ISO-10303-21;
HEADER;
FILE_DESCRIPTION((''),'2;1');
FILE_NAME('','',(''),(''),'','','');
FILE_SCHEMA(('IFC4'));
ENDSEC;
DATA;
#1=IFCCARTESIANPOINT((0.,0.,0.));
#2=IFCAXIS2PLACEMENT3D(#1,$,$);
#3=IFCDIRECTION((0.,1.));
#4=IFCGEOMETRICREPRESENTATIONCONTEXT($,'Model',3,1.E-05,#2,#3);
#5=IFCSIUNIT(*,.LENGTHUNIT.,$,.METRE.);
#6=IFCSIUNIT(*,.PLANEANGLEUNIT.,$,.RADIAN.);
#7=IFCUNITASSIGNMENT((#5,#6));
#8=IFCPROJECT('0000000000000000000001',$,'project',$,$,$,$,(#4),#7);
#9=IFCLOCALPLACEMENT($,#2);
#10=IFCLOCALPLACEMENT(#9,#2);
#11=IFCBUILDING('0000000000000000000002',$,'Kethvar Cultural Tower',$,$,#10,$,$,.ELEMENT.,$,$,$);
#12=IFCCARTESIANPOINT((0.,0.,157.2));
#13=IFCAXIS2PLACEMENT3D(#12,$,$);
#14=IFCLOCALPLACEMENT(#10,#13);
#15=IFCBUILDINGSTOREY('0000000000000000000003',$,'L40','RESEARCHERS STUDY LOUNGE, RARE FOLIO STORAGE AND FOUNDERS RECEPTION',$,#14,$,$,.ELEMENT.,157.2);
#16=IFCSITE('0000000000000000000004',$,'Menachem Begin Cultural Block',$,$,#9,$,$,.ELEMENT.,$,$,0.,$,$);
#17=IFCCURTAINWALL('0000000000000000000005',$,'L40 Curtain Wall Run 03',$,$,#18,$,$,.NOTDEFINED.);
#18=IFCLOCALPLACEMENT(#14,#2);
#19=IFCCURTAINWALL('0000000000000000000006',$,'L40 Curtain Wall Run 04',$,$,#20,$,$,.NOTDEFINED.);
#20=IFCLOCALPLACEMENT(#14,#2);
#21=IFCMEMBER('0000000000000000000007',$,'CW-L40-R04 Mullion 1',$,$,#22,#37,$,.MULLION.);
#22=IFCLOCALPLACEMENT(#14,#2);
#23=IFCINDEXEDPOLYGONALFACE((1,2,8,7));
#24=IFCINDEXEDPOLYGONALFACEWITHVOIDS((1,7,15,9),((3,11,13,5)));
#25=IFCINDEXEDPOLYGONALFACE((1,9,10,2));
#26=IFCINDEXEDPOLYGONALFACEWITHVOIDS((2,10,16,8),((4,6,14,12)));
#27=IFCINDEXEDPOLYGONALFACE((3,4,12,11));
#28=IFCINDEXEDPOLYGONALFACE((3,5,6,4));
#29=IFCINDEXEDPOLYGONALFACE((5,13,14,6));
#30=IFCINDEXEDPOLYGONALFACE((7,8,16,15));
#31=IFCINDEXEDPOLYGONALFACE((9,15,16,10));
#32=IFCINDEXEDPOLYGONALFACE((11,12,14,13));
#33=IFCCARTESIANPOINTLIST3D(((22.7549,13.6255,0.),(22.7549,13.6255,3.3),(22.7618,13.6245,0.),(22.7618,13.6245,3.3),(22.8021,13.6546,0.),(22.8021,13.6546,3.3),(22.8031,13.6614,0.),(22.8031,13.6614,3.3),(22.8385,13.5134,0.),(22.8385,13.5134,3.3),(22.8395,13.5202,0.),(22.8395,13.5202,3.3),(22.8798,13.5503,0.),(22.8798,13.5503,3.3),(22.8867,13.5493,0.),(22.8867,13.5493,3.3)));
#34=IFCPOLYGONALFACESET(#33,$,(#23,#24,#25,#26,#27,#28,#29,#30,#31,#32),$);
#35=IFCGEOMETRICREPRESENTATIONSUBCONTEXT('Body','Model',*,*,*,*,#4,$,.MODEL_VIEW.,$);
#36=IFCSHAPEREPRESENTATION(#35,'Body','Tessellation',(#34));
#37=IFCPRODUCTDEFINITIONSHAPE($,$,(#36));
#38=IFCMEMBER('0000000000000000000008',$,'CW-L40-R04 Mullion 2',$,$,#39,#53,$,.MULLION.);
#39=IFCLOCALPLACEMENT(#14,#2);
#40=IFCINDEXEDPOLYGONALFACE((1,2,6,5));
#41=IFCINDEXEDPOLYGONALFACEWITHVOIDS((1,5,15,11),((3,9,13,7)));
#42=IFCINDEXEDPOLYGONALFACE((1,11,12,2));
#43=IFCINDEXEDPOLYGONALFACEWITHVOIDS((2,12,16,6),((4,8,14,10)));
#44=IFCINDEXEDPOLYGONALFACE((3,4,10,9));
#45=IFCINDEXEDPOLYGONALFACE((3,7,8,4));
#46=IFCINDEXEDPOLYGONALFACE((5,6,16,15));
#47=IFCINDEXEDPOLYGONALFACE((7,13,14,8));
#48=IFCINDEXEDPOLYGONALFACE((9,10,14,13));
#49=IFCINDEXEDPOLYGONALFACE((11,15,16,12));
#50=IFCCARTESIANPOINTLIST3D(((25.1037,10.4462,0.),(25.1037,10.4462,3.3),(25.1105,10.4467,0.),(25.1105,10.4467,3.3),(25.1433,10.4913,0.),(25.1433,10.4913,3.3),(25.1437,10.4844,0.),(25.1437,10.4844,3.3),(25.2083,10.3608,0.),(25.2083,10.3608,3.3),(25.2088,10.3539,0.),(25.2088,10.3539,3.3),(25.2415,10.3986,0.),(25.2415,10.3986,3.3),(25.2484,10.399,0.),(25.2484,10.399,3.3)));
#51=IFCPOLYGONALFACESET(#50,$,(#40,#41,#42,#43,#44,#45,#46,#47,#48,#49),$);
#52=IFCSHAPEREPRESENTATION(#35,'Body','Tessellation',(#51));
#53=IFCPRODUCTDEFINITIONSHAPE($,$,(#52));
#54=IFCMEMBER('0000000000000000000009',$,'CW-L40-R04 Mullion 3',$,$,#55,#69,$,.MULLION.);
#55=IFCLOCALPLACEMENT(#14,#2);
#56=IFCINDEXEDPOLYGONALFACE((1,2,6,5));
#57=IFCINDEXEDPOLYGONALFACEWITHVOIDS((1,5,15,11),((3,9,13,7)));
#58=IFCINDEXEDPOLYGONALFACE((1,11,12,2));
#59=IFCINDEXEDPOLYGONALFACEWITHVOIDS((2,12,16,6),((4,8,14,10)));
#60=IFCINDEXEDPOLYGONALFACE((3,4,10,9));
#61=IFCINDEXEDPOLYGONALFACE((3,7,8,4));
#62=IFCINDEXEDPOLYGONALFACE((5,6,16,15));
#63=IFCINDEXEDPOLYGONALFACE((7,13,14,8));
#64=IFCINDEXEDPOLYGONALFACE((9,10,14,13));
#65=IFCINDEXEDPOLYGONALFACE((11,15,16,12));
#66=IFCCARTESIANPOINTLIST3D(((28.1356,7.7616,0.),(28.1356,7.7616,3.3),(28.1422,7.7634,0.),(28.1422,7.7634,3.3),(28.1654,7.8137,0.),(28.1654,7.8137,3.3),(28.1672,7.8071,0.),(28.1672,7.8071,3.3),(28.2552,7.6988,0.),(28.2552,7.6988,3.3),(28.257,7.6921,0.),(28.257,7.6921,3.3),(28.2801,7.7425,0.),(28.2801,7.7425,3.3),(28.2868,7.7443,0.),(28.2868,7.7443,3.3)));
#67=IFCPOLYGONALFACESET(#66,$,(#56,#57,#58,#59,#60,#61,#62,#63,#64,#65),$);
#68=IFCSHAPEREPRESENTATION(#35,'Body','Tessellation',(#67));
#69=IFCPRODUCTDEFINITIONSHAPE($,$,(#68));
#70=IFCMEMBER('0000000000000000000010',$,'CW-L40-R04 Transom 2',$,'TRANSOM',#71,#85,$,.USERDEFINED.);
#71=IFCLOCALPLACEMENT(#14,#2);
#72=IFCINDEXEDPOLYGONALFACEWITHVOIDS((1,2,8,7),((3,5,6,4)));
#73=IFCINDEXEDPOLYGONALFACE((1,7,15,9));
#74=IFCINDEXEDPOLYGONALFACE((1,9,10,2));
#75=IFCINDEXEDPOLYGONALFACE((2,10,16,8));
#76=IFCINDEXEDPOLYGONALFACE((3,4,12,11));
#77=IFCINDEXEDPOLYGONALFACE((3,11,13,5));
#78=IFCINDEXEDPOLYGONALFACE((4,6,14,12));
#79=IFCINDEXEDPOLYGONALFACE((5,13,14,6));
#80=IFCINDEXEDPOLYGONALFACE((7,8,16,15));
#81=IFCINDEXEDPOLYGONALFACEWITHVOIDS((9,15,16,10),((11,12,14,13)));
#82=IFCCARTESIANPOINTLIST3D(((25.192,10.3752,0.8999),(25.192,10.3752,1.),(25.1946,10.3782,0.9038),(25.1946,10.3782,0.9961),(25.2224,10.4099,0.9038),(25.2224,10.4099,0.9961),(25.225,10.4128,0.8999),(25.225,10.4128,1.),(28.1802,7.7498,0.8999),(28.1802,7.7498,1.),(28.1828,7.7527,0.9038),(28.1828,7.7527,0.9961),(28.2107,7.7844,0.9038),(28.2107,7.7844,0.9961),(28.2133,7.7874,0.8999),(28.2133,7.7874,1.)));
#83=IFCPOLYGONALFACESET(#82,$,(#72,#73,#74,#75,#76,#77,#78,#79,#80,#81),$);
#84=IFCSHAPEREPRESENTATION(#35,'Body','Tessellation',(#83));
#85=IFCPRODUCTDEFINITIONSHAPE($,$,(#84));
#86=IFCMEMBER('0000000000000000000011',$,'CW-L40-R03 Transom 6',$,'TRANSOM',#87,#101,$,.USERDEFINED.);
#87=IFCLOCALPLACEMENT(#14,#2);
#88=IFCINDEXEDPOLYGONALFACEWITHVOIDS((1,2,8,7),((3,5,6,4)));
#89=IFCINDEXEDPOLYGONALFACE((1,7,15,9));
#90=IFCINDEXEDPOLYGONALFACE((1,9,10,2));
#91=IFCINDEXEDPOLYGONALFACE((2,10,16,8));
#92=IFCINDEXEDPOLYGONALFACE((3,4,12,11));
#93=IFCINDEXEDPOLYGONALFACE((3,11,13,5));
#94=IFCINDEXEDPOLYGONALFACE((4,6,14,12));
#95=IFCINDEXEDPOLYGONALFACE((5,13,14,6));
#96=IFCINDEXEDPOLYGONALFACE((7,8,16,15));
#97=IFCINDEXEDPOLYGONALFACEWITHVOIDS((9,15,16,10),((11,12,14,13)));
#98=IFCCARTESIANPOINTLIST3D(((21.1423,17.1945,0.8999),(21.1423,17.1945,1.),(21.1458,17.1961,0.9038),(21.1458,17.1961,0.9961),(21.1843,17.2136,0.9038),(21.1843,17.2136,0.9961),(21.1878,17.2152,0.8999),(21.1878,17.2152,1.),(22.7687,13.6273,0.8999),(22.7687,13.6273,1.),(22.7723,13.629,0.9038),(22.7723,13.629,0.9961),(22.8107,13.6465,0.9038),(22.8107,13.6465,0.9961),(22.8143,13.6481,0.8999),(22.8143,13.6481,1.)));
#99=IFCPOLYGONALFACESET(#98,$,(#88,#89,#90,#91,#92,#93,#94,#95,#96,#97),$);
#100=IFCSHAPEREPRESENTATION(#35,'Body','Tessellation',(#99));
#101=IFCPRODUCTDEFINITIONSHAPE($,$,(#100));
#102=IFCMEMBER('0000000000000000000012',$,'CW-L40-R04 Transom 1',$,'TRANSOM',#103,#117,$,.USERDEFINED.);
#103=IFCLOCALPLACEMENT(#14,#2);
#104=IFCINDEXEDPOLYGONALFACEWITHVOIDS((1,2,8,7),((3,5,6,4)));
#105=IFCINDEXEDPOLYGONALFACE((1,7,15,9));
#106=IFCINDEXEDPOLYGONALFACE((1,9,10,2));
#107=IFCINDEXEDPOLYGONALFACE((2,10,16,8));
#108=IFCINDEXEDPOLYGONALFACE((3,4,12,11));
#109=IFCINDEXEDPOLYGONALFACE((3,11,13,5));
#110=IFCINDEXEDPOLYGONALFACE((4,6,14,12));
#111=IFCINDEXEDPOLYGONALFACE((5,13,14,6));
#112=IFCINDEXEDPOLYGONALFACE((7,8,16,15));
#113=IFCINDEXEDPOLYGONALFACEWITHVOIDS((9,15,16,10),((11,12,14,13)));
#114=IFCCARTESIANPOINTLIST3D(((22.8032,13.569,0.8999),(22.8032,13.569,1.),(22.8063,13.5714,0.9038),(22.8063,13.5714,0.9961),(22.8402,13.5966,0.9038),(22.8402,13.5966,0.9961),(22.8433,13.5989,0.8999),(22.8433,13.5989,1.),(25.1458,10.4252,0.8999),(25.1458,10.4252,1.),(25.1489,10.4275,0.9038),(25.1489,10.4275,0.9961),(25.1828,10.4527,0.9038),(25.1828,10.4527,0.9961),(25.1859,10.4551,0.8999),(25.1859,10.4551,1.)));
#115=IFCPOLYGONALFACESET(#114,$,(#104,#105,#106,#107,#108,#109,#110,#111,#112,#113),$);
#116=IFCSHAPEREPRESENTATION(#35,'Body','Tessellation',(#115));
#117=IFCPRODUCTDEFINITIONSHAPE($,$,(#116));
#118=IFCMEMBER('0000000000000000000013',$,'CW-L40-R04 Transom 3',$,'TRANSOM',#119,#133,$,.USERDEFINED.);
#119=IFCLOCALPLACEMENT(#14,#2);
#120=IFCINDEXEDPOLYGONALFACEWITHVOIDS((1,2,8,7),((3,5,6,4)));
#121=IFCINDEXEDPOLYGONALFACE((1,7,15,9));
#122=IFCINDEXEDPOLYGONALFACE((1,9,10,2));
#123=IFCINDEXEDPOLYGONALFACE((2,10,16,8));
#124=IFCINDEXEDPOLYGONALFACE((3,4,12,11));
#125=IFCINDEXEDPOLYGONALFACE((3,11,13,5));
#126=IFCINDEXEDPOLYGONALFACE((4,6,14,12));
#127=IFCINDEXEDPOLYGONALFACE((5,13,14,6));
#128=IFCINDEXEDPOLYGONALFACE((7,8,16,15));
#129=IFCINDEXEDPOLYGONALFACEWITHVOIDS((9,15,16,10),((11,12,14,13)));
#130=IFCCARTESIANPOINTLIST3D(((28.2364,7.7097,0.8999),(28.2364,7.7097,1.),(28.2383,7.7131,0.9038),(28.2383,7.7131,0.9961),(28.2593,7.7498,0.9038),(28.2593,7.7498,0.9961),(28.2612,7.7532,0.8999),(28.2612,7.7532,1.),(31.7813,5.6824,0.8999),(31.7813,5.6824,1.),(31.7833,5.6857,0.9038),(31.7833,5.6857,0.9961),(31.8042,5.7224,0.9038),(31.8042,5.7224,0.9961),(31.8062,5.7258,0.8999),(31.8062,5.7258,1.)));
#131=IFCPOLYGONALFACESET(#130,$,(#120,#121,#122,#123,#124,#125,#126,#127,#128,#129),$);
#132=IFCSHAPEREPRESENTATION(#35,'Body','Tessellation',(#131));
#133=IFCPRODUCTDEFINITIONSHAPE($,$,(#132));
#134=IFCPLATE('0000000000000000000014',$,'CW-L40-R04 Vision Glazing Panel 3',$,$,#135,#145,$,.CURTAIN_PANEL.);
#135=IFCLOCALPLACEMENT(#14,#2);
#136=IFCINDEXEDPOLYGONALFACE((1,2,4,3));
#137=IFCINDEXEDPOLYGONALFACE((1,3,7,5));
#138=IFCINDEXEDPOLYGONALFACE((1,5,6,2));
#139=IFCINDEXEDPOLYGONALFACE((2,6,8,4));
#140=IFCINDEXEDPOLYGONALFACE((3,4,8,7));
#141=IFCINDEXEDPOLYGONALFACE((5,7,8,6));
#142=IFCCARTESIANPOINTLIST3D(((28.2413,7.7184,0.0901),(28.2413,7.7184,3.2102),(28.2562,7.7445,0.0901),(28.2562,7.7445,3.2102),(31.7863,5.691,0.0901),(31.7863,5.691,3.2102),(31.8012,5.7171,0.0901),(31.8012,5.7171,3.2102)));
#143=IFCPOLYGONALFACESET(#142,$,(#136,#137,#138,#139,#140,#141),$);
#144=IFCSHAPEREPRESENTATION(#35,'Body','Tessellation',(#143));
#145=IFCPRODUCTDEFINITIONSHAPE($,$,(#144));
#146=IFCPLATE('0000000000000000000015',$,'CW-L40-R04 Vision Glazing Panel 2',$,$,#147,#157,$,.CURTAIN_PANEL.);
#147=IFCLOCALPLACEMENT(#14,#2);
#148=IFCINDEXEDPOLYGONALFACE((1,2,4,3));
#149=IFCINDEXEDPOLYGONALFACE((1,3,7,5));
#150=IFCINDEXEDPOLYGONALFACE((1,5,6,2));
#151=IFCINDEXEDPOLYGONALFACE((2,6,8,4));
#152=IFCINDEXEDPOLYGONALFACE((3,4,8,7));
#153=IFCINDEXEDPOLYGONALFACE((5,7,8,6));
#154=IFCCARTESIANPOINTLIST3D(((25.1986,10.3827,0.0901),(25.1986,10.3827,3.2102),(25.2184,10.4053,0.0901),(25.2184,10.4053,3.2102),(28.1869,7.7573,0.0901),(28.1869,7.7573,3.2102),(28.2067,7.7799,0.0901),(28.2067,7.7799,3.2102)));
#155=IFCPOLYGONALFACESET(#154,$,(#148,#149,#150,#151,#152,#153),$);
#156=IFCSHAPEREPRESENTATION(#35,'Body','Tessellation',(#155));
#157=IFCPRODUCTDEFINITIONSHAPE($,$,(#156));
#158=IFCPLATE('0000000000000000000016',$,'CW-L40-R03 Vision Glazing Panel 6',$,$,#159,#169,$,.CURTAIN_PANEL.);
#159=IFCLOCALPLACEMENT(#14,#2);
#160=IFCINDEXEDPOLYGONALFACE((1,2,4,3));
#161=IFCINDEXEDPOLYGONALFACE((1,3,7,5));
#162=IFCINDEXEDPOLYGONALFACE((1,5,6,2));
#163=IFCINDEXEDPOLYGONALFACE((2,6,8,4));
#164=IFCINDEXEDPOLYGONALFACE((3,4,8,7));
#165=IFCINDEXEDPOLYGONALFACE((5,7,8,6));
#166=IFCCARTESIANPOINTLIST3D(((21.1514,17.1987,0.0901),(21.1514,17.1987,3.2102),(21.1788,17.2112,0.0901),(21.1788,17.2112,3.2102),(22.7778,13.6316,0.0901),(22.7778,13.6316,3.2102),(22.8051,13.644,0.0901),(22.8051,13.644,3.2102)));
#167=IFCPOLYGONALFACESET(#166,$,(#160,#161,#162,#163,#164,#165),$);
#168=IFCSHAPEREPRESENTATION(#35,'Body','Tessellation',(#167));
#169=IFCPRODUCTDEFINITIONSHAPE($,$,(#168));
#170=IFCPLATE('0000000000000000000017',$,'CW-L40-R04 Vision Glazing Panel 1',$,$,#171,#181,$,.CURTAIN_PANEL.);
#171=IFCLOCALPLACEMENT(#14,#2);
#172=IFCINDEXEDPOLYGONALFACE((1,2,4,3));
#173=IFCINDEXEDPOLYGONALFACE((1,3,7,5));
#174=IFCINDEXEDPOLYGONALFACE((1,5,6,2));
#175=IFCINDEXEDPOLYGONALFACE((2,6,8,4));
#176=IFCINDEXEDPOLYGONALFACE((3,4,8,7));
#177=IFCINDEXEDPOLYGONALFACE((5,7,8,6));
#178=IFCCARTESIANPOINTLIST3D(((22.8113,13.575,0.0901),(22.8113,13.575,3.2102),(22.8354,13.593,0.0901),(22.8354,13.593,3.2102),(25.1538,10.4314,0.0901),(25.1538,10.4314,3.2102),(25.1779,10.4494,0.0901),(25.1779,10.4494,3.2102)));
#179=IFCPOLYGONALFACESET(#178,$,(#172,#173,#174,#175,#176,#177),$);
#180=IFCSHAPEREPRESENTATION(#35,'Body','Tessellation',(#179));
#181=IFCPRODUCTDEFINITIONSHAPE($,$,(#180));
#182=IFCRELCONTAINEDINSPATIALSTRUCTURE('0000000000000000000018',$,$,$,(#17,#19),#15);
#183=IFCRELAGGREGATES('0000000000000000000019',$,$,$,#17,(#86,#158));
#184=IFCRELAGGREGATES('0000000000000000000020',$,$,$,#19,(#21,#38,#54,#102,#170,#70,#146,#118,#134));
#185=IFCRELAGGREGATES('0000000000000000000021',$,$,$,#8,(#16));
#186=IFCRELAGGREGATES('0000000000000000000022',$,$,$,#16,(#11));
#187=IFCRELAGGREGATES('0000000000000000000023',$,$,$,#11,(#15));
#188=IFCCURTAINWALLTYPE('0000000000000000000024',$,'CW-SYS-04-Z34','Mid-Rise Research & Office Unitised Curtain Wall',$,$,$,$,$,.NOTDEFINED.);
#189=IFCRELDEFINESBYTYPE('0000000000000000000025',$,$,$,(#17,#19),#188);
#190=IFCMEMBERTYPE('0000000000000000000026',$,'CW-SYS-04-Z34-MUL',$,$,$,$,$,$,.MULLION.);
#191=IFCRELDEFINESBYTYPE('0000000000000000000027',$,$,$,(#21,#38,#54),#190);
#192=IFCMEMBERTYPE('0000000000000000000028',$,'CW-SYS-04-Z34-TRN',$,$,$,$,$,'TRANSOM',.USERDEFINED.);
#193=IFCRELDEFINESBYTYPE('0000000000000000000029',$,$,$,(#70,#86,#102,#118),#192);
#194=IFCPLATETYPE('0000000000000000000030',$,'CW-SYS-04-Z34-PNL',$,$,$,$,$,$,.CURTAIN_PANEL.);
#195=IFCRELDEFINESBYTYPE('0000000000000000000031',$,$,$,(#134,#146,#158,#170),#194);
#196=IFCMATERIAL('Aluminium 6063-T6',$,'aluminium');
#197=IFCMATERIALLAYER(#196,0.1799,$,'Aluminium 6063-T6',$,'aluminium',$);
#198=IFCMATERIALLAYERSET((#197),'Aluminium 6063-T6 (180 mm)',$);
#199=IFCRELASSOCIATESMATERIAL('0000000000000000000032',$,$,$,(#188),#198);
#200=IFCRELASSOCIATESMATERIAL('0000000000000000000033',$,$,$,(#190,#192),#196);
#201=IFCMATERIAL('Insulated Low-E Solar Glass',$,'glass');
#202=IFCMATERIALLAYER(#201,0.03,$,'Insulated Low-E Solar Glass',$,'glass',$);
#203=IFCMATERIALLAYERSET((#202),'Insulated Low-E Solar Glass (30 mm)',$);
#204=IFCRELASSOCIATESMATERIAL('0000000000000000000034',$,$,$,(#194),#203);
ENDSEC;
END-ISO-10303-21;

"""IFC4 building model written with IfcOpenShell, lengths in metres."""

from ifc_helpers import new_model, si_unit, direction, frame, origin, origin_2d, place, context, subcontext, project, spatial, rectangle, hollow_rectangle, extrude, source, transform, mapped, material, layer, layer_set, material_profile, profile_set, type_object, element, aggregate, save


model = new_model("IFC4")

# Units and contexts
model_context = context("Model", 3, precision=1e-05, world=origin(), true_north=direction((0.0, 1.0)))
body_context = subcontext(model_context, "Body", "Model", "MODEL_VIEW")
ifc_project = project(units=[si_unit("LENGTHUNIT", "METRE"), si_unit("PLANEANGLEUNIT", "RADIAN")], contexts=[model_context])

# Site, building, storey
site_placement = place(None, origin())
site = spatial("IfcSite", under=ifc_project, at=site_placement, Name="Menachem Begin Cultural Block", CompositionType="ELEMENT", RefElevation=0.0)
building_placement = place(site_placement, origin())
building = spatial("IfcBuilding", under=site, at=building_placement, Name="Kethvar Cultural Tower", CompositionType="ELEMENT")
storey_placement = place(building_placement, frame((0.0, 0.0, 157.2)))
storey = spatial("IfcBuildingStorey", under=building, at=storey_placement, Name="L40", Description="RESEARCHERS STUDY LOUNGE, RARE FOLIO STORAGE AND FOUNDERS RECEPTION", CompositionType="ELEMENT", Elevation=157.2)

# Curtain walls, members
ifc_material_1 = material(Name="Aluminium 6063-T6", Category="aluminium")
ifc_layer_1 = layer(ifc_material_1, 0.1799, Name="Aluminium 6063-T6", Category="aluminium")
ifc_layer_set_1 = layer_set([ifc_layer_1], Name="Aluminium 6063-T6 (180 mm)")
curtain_wall_type = type_object("IfcCurtainWallType", Name="CW-SYS-04-Z34", Description="Mid-Rise Research & Office Unitised Curtain Wall", PredefinedType="NOTDEFINED", material=ifc_layer_set_1)
curtain_wall_1_placement = place(storey_placement, origin())
curtain_wall_1 = element("IfcCurtainWall", 1, at=curtain_wall_1_placement, inside=storey, type_object=curtain_wall_type, Name="L40 Curtain Wall Run 03", PredefinedType="NOTDEFINED")
ifc_material_profile_1 = material_profile(ifc_material_1, hollow_rectangle(XDim=0.0601, YDim=0.1399, WallThickness=0.0049, at=origin_2d()), Name="Aluminium 6063-T6 — RHS140x60x5")
ifc_profile_set_1 = profile_set([ifc_material_profile_1], Name="Aluminium 6063-T6 — RHS140x60x5")
member_type_1 = type_object("IfcMemberType", Name="CW-SYS-04-Z34-MUL", PredefinedType="MULLION", material=ifc_profile_set_1)
shared_shape_1 = source(origin(), body_context, "Body", "SweptSolid", [
    extrude(hollow_rectangle(XDim=0.0601, YDim=0.1399, WallThickness=0.0049, at=origin_2d()), origin(), (0.0, 0.0, 1.0), 3.3),
])
curtain_wall_2_placement = place(storey_placement, origin())
curtain_wall_2 = element("IfcCurtainWall", 2, at=curtain_wall_2_placement, inside=storey, type_object=curtain_wall_type, Name="L40 Curtain Wall Run 04", PredefinedType="NOTDEFINED")
member_1_placement = place(storey_placement, frame((22.8208, 13.5874, 0.0), z_axis=(0.0, 0.0, 1.0), x_axis=(0.801859, 0.597513, 0.0)))
member_1 = element("IfcMember", 3, at=member_1_placement, type_object=member_type_1, Name="CW-L40-R04 Mullion 1", PredefinedType="MULLION", context=body_context, shape_type="MappedRepresentation", body=[
    mapped(shared_shape_1, transform((0.0, 0.0, 0.0), scale=1.0)),
])
member_2_placement = place(storey_placement, frame((25.176, 10.4226, 0.0), z_axis=(0.0, 0.0, 1.0), x_axis=(0.660015, 0.751253, 0.0)))
member_2 = element("IfcMember", 4, at=member_2_placement, type_object=member_type_1, Name="CW-L40-R04 Mullion 2", PredefinedType="MULLION", context=body_context, shape_type="MappedRepresentation", body=[
    mapped(shared_shape_1, transform((0.0, 0.0, 0.0), scale=1.0)),
])
member_3_placement = place(storey_placement, frame((28.2112, 7.7529, 0.0), z_axis=(0.0, 0.0, 1.0), x_axis=(0.496459, 0.86806, 0.0)))
member_3 = element("IfcMember", 5, at=member_3_placement, type_object=member_type_1, Name="CW-L40-R04 Mullion 3", PredefinedType="MULLION", context=body_context, shape_type="MappedRepresentation", body=[
    mapped(shared_shape_1, transform((0.0, 0.0, 0.0), scale=1.0)),
])
ifc_material_profile_2 = material_profile(ifc_material_1, hollow_rectangle(XDim=0.05, YDim=0.1001, WallThickness=0.0039, at=origin_2d()), Name="Aluminium 6063-T6 — RHS100x50x4")
ifc_profile_set_2 = profile_set([ifc_material_profile_2], Name="Aluminium 6063-T6 — RHS100x50x4")
member_type_2 = type_object("IfcMemberType", Name="CW-SYS-04-Z34-TRN", ElementType="TRANSOM", PredefinedType="USERDEFINED", material=ifc_profile_set_2)
shared_shape_2 = source(origin(), body_context, "Body", "SweptSolid", [
    extrude(hollow_rectangle(XDim=0.05, YDim=0.1001, WallThickness=0.0039, at=origin_2d()), origin(), (0.0, 0.0, 1.0), 3.9778),
])
member_4_placement = place(storey_placement, frame((25.2085, 10.394, 0.95), z_axis=(0.751237, -0.660033, 0.0), x_axis=(0.660033, 0.751237, 0.0)))
member_4 = element("IfcMember", 6, at=member_4_placement, type_object=member_type_2, Name="CW-L40-R04 Transom 2", ObjectType="TRANSOM", PredefinedType="USERDEFINED", context=body_context, shape_type="MappedRepresentation", body=[
    mapped(shared_shape_2, transform((0.0, 0.0, 0.0), scale=1.0)),
])

# Members
shared_shape_3 = source(origin(), body_context, "Body", "SweptSolid", [
    extrude(hollow_rectangle(XDim=0.05, YDim=0.1001, WallThickness=0.0039, at=origin_2d()), origin(), (0.0, 0.0, 1.0), 3.9204),
])
member_5_placement = place(storey_placement, frame((21.165, 17.2048, 0.95), z_axis=(0.414868, -0.909882, 0.0), x_axis=(0.909882, 0.414868, 0.0)))
member_5 = element("IfcMember", 7, at=member_5_placement, type_object=member_type_2, Name="CW-L40-R03 Transom 6", ObjectType="TRANSOM", PredefinedType="USERDEFINED", context=body_context, shape_type="MappedRepresentation", body=[
    mapped(shared_shape_3, transform((0.0, 0.0, 0.0), scale=1.0)),
])
shared_shape_4 = source(origin(), body_context, "Body", "SweptSolid", [
    extrude(hollow_rectangle(XDim=0.05, YDim=0.1001, WallThickness=0.0039, at=origin_2d()), origin(), (0.0, 0.0, 1.0), 3.9207),
])
member_6_placement = place(storey_placement, frame((22.8232, 13.584, 0.95), z_axis=(0.597496, -0.801872, 0.0), x_axis=(0.801872, 0.597496, 0.0)))
member_6 = element("IfcMember", 8, at=member_6_placement, type_object=member_type_2, Name="CW-L40-R04 Transom 1", ObjectType="TRANSOM", PredefinedType="USERDEFINED", context=body_context, shape_type="MappedRepresentation", body=[
    mapped(shared_shape_4, transform((0.0, 0.0, 0.0), scale=1.0)),
])
shared_shape_5 = source(origin(), body_context, "Body", "SweptSolid", [
    extrude(hollow_rectangle(XDim=0.05, YDim=0.1001, WallThickness=0.0039, at=origin_2d()), origin(), (0.0, 0.0, 1.0), 4.0837),
])
member_7_placement = place(storey_placement, frame((28.2488, 7.7314, 0.95), z_axis=(0.868066, -0.496448, 0.0), x_axis=(0.496448, 0.868066, 0.0)))
member_7 = element("IfcMember", 9, at=member_7_placement, type_object=member_type_2, Name="CW-L40-R04 Transom 3", ObjectType="TRANSOM", PredefinedType="USERDEFINED", context=body_context, shape_type="MappedRepresentation", body=[
    mapped(shared_shape_5, transform((0.0, 0.0, 0.0), scale=1.0)),
])

# Plates
ifc_material_2 = material(Name="Insulated Low-E Solar Glass", Category="glass")
ifc_layer_2 = layer(ifc_material_2, 0.03, Name="Insulated Low-E Solar Glass", Category="glass")
ifc_layer_set_2 = layer_set([ifc_layer_2], Name="Insulated Low-E Solar Glass (30 mm)")
plate_type = type_object("IfcPlateType", Name="CW-SYS-04-Z34-PNL", PredefinedType="CURTAIN_PANEL", material=ifc_layer_set_2)
shared_shape_6 = source(origin(), body_context, "Body", "SweptSolid", [
    extrude(rectangle(XDim=4.0837, YDim=0.03, at=origin_2d()), origin(), (0.0, 0.0, 1.0), 3.1201),
])
plate_1_placement = place(storey_placement, frame((30.0212, 6.7178, 0.0901), z_axis=(0.0, 0.0, 1.0), x_axis=(0.86806, -0.496459, 0.0)))
plate_1 = element("IfcPlate", 10, at=plate_1_placement, type_object=plate_type, Name="CW-L40-R04 Vision Glazing Panel 3", PredefinedType="CURTAIN_PANEL", context=body_context, shape_type="MappedRepresentation", body=[
    mapped(shared_shape_6, transform((0.0, 0.0, 0.0), scale=1.0)),
])
shared_shape_7 = source(origin(), body_context, "Body", "SweptSolid", [
    extrude(rectangle(XDim=3.9778, YDim=0.03, at=origin_2d()), origin(), (0.0, 0.0, 1.0), 3.1201),
])
plate_2_placement = place(storey_placement, frame((26.7026, 9.0813, 0.0901), z_axis=(0.0, 0.0, 1.0), x_axis=(0.751253, -0.660015, 0.0)))
plate_2 = element("IfcPlate", 11, at=plate_2_placement, type_object=plate_type, Name="CW-L40-R04 Vision Glazing Panel 2", PredefinedType="CURTAIN_PANEL", context=body_context, shape_type="MappedRepresentation", body=[
    mapped(shared_shape_7, transform((0.0, 0.0, 0.0), scale=1.0)),
])
shared_shape_8 = source(origin(), body_context, "Body", "SweptSolid", [
    extrude(rectangle(XDim=3.9204, YDim=0.03, at=origin_2d()), origin(), (0.0, 0.0, 1.0), 3.1201),
])
plate_3_placement = place(storey_placement, frame((21.9783, 15.4214, 0.0901), z_axis=(0.0, 0.0, 1.0), x_axis=(0.414836, -0.909896, 0.0)))
plate_3 = element("IfcPlate", 12, at=plate_3_placement, type_object=plate_type, Name="CW-L40-R03 Vision Glazing Panel 6", PredefinedType="CURTAIN_PANEL", context=body_context, shape_type="MappedRepresentation", body=[
    mapped(shared_shape_8, transform((0.0, 0.0, 0.0), scale=1.0)),
])
aggregate(curtain_wall_1, [member_5, plate_3])
plate_4_placement = place(storey_placement, frame((23.9946, 12.0122, 0.0901), z_axis=(0.0, 0.0, 1.0), x_axis=(0.597513, -0.801859, 0.0)))
plate_4 = element("IfcPlate", 13, at=plate_4_placement, type_object=plate_type, Name="CW-L40-R04 Vision Glazing Panel 1", PredefinedType="CURTAIN_PANEL", context=body_context, shape_type="MappedRepresentation", body=[
    mapped(shared_shape_8, transform((0.0, 0.0, 0.0), scale=1.0)),
])
aggregate(curtain_wall_2, [member_1, member_2, member_3, member_6, plate_4, member_4, plate_2, member_7, plate_1])

save(model, "model.ifc")
